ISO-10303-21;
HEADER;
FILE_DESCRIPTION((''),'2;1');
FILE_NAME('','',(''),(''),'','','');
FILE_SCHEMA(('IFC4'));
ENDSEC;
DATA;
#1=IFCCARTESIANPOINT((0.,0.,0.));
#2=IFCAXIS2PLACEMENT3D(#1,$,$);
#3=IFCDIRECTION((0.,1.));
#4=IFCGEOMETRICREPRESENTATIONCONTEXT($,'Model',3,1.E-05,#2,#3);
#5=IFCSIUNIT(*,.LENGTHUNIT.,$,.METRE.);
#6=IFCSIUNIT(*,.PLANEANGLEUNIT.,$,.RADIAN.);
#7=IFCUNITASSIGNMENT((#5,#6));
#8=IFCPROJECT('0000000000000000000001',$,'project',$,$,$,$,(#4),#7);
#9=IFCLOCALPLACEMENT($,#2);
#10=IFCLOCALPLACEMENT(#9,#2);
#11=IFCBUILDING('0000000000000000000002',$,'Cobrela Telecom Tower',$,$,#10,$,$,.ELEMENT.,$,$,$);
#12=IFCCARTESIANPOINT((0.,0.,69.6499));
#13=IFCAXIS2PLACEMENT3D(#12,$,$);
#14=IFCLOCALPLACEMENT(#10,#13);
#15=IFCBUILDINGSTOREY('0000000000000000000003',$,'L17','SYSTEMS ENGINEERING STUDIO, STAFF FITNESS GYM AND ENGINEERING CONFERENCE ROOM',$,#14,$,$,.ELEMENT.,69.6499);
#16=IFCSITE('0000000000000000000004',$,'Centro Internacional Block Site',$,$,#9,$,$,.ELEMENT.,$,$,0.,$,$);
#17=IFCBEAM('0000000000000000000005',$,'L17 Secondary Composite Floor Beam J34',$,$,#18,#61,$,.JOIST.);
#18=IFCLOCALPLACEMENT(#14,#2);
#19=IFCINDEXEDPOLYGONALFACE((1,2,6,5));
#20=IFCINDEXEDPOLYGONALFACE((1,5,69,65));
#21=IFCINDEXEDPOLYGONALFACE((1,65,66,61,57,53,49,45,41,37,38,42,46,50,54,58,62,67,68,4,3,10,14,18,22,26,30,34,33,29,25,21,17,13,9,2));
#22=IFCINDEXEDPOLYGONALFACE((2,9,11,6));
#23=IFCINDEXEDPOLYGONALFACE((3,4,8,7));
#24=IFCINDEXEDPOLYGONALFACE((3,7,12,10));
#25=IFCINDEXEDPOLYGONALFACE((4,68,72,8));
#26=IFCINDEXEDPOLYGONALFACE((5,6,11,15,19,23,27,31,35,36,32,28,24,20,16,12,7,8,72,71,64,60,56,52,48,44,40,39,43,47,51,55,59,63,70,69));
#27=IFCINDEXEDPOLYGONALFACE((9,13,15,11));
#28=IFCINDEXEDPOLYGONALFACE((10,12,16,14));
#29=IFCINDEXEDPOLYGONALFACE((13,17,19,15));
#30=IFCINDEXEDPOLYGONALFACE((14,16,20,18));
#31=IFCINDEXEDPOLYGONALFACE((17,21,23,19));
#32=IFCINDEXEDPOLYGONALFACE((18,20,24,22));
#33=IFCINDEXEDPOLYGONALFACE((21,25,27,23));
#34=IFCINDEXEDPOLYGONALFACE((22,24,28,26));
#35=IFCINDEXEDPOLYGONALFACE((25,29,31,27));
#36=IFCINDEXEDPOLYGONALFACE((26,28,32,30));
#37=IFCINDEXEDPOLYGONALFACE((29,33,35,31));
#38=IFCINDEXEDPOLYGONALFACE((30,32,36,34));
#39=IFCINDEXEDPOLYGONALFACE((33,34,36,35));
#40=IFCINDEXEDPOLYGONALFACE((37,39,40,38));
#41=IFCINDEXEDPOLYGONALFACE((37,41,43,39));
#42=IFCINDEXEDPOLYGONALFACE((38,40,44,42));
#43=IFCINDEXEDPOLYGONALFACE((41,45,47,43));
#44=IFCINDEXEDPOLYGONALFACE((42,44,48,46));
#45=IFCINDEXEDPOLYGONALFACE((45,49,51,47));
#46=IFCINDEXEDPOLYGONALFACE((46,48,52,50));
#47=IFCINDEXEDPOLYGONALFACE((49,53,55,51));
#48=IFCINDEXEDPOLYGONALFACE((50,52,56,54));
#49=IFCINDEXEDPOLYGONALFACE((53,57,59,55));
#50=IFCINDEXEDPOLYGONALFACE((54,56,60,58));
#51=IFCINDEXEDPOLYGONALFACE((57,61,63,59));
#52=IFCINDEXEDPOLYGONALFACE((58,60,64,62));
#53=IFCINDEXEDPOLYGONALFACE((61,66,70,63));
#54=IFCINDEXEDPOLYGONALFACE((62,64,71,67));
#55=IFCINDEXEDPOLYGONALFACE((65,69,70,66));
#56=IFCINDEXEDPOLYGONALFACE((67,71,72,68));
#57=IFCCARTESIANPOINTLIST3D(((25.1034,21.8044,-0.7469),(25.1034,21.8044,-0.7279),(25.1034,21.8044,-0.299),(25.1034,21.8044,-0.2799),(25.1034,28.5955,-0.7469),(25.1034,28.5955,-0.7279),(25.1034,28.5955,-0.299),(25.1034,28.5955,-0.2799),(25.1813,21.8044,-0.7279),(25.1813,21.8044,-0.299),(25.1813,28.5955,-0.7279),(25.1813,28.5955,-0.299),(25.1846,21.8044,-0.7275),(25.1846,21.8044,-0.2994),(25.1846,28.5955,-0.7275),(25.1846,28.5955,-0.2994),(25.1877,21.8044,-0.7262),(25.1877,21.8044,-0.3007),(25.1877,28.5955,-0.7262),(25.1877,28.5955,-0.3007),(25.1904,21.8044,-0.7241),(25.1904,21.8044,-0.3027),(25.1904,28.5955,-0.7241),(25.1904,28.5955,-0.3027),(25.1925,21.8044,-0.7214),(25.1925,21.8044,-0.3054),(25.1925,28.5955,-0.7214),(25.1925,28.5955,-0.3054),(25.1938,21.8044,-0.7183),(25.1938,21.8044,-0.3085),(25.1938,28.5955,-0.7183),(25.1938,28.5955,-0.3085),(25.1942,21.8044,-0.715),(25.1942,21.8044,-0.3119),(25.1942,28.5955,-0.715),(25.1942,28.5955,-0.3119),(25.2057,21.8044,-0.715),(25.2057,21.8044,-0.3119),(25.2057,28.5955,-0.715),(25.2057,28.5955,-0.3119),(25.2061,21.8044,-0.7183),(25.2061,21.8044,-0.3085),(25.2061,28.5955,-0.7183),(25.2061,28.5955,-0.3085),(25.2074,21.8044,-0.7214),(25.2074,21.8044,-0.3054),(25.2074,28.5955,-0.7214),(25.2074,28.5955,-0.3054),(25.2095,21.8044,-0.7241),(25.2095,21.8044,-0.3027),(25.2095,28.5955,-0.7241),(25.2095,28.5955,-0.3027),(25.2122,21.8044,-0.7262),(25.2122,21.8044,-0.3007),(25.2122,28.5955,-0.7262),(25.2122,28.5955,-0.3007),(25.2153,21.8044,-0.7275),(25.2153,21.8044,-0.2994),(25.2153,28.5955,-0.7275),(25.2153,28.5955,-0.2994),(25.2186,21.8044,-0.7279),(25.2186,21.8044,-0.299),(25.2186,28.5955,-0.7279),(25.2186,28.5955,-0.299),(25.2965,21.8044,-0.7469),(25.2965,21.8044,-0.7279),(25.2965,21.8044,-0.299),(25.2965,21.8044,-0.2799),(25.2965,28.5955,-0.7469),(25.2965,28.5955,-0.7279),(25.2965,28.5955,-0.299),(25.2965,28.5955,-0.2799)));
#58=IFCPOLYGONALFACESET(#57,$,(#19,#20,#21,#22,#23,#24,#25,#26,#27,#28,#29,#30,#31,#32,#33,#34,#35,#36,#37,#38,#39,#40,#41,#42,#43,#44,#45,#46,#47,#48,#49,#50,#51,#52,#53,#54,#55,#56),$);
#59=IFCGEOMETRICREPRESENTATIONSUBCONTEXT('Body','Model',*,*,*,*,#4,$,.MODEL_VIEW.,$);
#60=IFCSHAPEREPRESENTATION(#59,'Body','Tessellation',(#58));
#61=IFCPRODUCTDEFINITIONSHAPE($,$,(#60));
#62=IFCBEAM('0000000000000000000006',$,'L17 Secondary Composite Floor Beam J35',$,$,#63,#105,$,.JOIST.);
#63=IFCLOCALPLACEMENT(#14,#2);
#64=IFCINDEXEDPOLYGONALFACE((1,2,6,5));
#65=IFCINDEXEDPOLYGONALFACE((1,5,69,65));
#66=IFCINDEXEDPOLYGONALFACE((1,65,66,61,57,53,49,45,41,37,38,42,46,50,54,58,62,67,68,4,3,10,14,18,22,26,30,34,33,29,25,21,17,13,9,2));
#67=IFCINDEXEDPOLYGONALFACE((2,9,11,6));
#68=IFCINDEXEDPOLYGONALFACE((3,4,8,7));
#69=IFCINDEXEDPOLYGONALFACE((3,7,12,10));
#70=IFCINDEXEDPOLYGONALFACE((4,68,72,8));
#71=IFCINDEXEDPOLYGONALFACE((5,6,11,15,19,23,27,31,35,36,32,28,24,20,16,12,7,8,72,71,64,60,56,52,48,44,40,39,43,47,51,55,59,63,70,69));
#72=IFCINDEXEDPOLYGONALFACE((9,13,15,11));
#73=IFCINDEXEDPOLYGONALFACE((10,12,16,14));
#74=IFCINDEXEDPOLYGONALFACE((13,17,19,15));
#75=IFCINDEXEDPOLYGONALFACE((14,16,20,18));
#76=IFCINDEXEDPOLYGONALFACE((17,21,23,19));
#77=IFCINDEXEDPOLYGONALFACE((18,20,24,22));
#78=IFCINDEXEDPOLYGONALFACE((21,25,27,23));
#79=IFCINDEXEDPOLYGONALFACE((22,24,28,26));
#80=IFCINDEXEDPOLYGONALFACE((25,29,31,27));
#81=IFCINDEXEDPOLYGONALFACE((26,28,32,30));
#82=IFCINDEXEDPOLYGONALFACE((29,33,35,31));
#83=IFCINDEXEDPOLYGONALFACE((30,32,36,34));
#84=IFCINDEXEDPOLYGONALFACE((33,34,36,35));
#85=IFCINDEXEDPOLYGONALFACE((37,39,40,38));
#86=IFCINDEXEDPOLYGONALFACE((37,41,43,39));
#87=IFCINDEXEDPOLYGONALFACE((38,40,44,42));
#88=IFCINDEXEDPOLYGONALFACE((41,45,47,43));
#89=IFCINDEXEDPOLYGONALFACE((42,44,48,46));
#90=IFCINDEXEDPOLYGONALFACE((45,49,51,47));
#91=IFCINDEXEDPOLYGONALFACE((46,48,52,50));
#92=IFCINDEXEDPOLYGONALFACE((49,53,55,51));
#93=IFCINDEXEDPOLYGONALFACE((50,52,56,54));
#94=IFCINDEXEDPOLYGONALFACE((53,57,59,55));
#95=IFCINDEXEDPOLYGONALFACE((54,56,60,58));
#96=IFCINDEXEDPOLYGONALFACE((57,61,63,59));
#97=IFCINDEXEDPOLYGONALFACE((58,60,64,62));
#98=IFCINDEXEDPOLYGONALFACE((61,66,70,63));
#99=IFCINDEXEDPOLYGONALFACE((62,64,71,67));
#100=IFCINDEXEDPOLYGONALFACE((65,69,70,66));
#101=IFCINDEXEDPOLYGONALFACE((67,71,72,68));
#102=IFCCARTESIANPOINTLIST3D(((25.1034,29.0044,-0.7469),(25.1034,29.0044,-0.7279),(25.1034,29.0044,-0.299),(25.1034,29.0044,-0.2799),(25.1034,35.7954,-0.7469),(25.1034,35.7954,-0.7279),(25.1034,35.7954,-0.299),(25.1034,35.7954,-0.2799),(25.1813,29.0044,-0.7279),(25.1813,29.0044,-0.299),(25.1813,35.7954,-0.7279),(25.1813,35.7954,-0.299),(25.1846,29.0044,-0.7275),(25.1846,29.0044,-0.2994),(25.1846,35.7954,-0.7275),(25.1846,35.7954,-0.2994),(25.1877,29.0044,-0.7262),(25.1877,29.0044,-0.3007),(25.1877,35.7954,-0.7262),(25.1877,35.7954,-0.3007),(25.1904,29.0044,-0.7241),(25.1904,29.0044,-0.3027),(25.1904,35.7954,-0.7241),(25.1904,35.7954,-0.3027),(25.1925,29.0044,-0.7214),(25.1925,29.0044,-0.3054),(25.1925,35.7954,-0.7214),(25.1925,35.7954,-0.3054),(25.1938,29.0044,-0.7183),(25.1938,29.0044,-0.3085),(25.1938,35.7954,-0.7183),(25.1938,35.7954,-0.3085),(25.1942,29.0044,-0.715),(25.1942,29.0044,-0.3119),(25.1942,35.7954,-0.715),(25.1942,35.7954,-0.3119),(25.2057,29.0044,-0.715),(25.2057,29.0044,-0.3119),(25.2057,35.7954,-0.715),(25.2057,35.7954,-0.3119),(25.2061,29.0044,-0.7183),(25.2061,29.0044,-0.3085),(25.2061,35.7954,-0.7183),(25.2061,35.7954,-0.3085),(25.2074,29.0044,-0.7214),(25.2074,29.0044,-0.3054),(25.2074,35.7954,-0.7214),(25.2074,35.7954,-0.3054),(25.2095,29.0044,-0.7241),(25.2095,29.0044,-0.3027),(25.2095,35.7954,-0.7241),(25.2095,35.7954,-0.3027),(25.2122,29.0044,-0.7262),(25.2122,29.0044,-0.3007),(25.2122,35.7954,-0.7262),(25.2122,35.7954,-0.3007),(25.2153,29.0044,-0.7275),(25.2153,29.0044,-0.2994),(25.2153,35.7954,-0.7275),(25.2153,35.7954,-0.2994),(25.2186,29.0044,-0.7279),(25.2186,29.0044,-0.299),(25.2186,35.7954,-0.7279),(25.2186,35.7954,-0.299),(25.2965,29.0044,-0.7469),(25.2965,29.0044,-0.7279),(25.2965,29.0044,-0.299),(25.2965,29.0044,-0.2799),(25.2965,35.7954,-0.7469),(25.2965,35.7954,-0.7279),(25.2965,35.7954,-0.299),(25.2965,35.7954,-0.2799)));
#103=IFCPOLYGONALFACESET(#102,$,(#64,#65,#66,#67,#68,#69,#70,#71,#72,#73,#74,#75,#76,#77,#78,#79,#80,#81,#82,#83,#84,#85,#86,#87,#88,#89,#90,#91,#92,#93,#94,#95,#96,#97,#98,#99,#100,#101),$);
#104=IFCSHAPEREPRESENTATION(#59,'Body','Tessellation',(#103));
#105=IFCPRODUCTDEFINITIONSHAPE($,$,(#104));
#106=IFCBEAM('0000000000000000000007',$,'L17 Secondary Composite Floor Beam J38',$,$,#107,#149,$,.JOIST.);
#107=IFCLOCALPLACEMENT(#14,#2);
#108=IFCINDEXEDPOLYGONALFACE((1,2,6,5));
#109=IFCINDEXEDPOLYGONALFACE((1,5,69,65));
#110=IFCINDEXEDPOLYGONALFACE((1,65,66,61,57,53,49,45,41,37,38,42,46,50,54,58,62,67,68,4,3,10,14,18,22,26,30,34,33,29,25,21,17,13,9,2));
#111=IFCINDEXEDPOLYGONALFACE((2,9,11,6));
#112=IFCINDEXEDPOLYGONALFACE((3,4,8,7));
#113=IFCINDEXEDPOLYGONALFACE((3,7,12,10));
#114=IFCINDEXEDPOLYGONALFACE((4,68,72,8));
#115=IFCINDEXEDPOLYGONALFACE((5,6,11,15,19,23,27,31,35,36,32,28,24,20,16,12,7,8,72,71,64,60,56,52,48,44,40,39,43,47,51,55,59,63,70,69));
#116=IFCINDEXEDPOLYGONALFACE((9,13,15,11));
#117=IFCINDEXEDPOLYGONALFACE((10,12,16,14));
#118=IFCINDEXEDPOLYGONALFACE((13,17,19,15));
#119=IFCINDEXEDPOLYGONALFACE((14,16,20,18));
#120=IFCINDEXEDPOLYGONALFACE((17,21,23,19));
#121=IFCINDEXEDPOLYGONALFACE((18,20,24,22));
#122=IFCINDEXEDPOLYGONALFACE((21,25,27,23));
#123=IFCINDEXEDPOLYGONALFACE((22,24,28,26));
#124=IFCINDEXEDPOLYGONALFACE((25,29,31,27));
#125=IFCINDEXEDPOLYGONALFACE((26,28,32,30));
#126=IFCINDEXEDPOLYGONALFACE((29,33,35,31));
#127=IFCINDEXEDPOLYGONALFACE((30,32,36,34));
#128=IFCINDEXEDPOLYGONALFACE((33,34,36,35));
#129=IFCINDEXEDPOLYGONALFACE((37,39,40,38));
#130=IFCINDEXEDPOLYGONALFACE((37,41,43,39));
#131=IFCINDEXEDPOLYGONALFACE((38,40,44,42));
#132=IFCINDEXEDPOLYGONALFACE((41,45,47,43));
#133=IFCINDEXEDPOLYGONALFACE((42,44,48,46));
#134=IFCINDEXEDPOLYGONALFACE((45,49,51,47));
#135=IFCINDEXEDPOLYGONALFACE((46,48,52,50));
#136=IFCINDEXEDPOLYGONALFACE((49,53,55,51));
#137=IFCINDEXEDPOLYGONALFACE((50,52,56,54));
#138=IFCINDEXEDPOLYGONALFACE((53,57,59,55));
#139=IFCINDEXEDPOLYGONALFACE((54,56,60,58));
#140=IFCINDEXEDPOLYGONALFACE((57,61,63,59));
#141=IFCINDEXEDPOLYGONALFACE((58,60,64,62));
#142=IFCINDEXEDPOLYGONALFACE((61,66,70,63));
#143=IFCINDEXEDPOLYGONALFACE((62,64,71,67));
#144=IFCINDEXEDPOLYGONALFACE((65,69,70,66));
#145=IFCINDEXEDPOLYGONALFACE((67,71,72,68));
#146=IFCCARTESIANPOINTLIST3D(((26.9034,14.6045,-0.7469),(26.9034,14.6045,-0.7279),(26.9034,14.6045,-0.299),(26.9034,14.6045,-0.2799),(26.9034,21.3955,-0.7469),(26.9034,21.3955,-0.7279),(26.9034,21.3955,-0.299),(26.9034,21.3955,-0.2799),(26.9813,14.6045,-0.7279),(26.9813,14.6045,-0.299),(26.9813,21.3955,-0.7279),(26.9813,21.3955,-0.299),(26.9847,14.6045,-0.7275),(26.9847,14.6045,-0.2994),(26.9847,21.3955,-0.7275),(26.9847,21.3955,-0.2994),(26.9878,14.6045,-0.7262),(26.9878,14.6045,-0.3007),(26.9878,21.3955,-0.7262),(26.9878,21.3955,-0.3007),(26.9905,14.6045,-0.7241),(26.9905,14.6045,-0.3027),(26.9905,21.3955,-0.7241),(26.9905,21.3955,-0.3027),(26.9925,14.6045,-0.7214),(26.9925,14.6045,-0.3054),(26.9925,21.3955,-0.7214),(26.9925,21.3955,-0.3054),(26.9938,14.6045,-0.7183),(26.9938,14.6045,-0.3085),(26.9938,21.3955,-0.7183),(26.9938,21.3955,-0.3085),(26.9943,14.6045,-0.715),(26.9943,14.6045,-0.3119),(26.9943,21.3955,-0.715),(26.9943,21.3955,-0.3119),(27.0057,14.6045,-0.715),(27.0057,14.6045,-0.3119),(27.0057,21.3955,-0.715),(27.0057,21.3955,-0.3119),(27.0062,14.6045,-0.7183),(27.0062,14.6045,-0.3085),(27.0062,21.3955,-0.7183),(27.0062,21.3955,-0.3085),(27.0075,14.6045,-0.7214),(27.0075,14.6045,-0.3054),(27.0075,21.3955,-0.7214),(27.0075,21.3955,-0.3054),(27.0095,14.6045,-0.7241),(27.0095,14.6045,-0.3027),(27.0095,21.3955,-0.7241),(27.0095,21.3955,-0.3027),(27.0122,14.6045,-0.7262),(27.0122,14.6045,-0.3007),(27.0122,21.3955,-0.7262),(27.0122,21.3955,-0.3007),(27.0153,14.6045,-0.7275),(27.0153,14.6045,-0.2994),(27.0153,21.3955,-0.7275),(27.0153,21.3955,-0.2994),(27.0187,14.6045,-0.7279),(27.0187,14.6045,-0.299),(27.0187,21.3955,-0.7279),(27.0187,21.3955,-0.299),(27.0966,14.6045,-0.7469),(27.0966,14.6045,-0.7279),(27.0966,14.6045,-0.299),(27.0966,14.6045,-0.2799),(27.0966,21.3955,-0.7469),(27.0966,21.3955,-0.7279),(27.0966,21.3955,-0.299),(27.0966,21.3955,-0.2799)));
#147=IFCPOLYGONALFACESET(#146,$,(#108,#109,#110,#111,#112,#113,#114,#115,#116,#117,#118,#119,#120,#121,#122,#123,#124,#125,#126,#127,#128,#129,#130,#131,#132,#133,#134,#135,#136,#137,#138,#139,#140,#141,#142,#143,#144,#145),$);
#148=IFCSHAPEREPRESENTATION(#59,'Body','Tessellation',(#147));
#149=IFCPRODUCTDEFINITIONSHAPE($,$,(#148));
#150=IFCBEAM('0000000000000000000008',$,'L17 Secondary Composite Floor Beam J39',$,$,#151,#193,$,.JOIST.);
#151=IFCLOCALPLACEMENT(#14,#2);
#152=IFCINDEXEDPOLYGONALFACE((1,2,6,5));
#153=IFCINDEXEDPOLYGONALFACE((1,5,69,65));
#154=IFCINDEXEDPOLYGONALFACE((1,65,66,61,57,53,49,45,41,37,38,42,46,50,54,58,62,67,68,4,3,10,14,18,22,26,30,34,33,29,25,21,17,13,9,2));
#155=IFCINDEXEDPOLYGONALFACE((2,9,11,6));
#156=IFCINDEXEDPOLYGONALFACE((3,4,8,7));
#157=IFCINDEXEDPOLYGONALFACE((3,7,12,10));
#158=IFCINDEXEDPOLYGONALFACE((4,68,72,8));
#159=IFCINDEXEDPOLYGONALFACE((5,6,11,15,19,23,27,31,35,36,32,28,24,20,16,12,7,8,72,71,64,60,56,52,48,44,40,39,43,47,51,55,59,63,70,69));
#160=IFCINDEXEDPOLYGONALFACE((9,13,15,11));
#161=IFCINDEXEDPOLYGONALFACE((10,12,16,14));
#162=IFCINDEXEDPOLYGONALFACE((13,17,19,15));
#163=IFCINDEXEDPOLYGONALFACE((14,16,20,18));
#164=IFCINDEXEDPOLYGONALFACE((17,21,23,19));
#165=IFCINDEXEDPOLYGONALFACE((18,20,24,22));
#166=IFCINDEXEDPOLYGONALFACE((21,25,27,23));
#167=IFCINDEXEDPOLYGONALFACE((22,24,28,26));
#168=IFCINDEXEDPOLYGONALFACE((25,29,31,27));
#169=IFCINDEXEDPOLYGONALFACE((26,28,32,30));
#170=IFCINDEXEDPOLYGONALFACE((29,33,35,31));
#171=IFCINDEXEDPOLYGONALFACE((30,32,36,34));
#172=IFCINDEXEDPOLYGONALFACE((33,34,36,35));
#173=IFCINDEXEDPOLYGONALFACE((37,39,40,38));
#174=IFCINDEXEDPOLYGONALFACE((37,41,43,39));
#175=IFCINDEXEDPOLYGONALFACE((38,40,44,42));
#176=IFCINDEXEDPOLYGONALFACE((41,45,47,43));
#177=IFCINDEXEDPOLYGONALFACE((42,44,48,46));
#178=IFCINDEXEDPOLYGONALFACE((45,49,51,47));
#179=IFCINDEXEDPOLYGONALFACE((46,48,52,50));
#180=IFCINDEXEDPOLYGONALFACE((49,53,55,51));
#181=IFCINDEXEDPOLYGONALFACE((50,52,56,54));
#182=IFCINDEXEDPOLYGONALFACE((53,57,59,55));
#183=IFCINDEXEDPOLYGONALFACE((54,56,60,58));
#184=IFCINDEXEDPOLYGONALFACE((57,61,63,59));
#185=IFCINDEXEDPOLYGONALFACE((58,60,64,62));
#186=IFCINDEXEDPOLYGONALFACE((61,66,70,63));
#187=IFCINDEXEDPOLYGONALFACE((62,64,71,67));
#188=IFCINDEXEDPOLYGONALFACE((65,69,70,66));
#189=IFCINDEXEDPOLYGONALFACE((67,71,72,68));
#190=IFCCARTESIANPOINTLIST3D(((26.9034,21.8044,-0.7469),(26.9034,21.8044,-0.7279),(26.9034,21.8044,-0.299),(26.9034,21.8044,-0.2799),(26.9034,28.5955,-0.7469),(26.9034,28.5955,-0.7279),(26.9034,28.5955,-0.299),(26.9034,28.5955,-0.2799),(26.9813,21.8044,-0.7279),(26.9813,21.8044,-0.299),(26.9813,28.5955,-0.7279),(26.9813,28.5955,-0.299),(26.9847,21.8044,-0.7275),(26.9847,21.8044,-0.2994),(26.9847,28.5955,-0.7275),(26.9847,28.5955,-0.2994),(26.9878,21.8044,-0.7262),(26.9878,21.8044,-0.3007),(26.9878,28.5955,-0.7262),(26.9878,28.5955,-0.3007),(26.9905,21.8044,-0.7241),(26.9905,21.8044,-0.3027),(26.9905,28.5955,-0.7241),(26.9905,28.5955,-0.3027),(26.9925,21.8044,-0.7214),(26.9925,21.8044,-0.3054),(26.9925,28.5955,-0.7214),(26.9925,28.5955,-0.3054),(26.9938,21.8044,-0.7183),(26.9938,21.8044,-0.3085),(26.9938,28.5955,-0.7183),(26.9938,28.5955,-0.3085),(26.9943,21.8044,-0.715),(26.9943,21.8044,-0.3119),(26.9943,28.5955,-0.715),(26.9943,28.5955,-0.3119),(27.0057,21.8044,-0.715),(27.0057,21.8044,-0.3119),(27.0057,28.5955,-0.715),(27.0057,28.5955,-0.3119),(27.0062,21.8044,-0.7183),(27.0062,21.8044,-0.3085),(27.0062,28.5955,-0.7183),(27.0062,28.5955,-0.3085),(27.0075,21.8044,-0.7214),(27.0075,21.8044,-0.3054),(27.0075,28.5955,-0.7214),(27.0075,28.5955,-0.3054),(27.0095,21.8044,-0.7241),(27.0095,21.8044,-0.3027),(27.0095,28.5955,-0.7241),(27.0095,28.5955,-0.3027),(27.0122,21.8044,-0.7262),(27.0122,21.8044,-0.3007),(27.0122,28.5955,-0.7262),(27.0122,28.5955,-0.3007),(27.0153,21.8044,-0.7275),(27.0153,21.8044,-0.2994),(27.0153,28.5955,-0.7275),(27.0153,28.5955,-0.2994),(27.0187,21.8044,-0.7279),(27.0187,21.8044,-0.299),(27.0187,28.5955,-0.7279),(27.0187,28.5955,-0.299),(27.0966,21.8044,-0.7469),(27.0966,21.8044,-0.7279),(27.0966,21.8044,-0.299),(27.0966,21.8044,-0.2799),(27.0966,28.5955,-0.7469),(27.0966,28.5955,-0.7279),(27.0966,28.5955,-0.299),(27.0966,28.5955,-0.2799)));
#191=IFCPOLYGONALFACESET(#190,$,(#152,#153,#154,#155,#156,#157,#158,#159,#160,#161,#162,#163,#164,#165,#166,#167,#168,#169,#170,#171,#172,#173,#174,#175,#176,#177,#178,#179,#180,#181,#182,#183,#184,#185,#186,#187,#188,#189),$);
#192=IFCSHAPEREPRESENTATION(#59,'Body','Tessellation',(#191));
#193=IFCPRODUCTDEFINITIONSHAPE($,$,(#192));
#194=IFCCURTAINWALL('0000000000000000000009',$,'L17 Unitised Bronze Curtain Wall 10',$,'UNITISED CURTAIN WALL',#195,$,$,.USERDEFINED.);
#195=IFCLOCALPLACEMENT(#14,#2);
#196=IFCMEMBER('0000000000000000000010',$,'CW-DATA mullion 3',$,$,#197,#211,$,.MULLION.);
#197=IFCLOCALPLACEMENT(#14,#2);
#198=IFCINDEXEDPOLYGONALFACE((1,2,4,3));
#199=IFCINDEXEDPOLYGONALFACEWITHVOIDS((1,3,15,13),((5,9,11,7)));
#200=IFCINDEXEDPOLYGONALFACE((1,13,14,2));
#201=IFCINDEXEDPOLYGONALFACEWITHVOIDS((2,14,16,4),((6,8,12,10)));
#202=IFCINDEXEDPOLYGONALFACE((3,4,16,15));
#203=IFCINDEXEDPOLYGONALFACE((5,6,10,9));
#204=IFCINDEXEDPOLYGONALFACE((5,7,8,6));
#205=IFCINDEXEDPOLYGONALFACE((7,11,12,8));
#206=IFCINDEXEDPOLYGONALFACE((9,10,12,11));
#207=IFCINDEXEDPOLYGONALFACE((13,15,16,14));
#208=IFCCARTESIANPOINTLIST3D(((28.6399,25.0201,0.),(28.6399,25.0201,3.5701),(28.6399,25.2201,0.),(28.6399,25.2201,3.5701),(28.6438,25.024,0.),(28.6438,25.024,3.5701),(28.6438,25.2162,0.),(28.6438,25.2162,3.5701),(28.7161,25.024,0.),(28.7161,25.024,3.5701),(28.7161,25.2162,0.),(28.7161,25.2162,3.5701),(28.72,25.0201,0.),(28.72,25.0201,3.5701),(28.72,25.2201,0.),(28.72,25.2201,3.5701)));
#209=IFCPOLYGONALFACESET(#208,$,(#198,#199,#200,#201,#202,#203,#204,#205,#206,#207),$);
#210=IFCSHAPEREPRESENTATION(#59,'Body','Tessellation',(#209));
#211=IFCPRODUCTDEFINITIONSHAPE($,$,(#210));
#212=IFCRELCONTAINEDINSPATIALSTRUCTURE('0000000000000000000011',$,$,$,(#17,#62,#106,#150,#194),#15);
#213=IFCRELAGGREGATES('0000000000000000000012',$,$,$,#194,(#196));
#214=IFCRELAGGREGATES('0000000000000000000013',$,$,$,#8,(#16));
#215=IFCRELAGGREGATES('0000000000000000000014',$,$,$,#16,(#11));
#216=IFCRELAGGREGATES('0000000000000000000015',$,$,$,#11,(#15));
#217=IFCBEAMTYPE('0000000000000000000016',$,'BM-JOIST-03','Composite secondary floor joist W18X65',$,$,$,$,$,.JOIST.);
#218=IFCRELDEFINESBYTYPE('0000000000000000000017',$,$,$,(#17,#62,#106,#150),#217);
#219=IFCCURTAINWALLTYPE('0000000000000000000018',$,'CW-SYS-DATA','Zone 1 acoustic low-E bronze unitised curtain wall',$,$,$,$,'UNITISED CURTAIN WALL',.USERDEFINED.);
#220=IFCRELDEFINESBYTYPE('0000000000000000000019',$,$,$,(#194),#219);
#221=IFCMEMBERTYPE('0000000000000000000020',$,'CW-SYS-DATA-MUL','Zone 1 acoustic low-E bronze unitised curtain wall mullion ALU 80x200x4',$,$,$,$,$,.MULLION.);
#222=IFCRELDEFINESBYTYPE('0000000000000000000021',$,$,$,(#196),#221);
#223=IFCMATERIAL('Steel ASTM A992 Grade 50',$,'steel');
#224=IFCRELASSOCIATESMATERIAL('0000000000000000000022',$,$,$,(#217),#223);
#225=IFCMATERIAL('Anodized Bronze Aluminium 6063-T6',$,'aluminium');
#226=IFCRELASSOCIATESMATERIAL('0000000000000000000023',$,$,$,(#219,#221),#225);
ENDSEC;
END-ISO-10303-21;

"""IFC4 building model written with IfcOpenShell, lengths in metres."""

from ifc_helpers import new_model, si_unit, direction, frame, origin, origin_2d, place, context, subcontext, project, spatial, hollow_rectangle, i_section, extrude, material, material_profile, profile_set, type_object, element, aggregate, save


model = new_model("IFC4")

# Units and contexts
model_context = context("Model", 3, precision=1e-05, world=origin(), true_north=direction((0.0, 1.0)))
body_context = subcontext(model_context, "Body", "Model", "MODEL_VIEW")
ifc_project = project(units=[si_unit("LENGTHUNIT", "METRE"), si_unit("PLANEANGLEUNIT", "RADIAN")], contexts=[model_context])

# Site, building, storey
site_placement = place(None, origin())
site = spatial("IfcSite", under=ifc_project, at=site_placement, Name="Centro Internacional Block Site", CompositionType="ELEMENT", RefElevation=0.0)
building_placement = place(site_placement, origin())
building = spatial("IfcBuilding", under=site, at=building_placement, Name="Cobrela Telecom Tower", CompositionType="ELEMENT")
storey_placement = place(building_placement, frame((0.0, 0.0, 69.6499)))
storey = spatial("IfcBuildingStorey", under=building, at=storey_placement, Name="L17", Description="SYSTEMS ENGINEERING STUDIO, STAFF FITNESS GYM AND ENGINEERING CONFERENCE ROOM", CompositionType="ELEMENT", Elevation=69.6499)

# Shared definitions
ifc_material_1 = material(Name="Steel ASTM A992 Grade 50", Category="steel")

# Beams
ifc_material_profile_1 = material_profile(ifc_material_1, i_section(OverallWidth=0.1931, OverallDepth=0.467, WebThickness=0.0115, FlangeThickness=0.019, FilletRadius=0.0129, at=origin_2d()), Name="W18X65")
ifc_profile_set_1 = profile_set([ifc_material_profile_1], Name="Steel ASTM A992 Grade 50")
beam_type_1 = type_object("IfcBeamType", Name="BM-JOIST-03", Description="Composite secondary floor joist W18X65", PredefinedType="JOIST", material=ifc_profile_set_1)
for number, where, z_axis, x_axis, name in (
    (1, (25.2, 21.8044, -0.5134), (0.0, 1.0, 0.0), (-1.0, 0.0, 0.0), "L17 Secondary Composite Floor Beam J34"),
    (2, (25.2, 29.0044, -0.5134), (0.0, 1.0, 0.0), (-1.0, 0.0, 0.0), "L17 Secondary Composite Floor Beam J35"),
    (3, (27.0, 14.6045, -0.5134), (0.0, 1.0, 0.0), (-1.0, 0.0, 0.0), "L17 Secondary Composite Floor Beam J38"),
    (4, (27.0, 21.8044, -0.5134), (0.0, 1.0, 0.0), (-1.0, 0.0, 0.0), "L17 Secondary Composite Floor Beam J39"),
):
    element("IfcBeam", number, at=place(storey_placement, frame(where, z_axis=z_axis, x_axis=x_axis)), inside=storey, type_object=beam_type_1, Name=name, PredefinedType="JOIST", context=body_context, shape_type="SweptSolid", body=[
        extrude(i_section(OverallWidth=0.1931, OverallDepth=0.467, WebThickness=0.0115, FlangeThickness=0.019, FilletRadius=0.0129, at=origin_2d()), origin(), (0.0, 0.0, 1.0), 6.791),
    ])

# Curtain wall, member
ifc_material_2 = material(Name="Anodized Bronze Aluminium 6063-T6", Category="aluminium")
curtain_wall_type = type_object("IfcCurtainWallType", Name="CW-SYS-DATA", Description="Zone 1 acoustic low-E bronze unitised curtain wall", ElementType="UNITISED CURTAIN WALL", PredefinedType="USERDEFINED", material=ifc_material_2)
curtain_wall_placement = place(storey_placement, origin())
curtain_wall = element("IfcCurtainWall", 5, at=curtain_wall_placement, inside=storey, type_object=curtain_wall_type, Name="L17 Unitised Bronze Curtain Wall 10", ObjectType="UNITISED CURTAIN WALL", PredefinedType="USERDEFINED")
ifc_material_profile_2 = material_profile(ifc_material_2, hollow_rectangle(XDim=0.0801, YDim=0.2, WallThickness=0.0039, at=origin_2d()), Name="ALU 80x200x4")
ifc_profile_set_2 = profile_set([ifc_material_profile_2], Name="Anodized Bronze Aluminium 6063-T6")
member_type = type_object("IfcMemberType", Name="CW-SYS-DATA-MUL", Description="Zone 1 acoustic low-E bronze unitised curtain wall mullion ALU 80x200x4", PredefinedType="MULLION", material=ifc_profile_set_2)
member_placement = place(storey_placement, frame((28.6799, 25.1201, 0.0), z_axis=(0.0, 0.0, 1.0), x_axis=(1.0, 0.0, 0.0)))
member = element("IfcMember", 6, at=member_placement, type_object=member_type, Name="CW-DATA mullion 3", PredefinedType="MULLION", context=body_context, shape_type="SweptSolid", body=[
    extrude(hollow_rectangle(XDim=0.0801, YDim=0.2, WallThickness=0.0039, at=origin_2d()), origin(), (0.0, 0.0, 1.0), 3.5701),
])
aggregate(curtain_wall, [member])

save(model, "model.ifc")
